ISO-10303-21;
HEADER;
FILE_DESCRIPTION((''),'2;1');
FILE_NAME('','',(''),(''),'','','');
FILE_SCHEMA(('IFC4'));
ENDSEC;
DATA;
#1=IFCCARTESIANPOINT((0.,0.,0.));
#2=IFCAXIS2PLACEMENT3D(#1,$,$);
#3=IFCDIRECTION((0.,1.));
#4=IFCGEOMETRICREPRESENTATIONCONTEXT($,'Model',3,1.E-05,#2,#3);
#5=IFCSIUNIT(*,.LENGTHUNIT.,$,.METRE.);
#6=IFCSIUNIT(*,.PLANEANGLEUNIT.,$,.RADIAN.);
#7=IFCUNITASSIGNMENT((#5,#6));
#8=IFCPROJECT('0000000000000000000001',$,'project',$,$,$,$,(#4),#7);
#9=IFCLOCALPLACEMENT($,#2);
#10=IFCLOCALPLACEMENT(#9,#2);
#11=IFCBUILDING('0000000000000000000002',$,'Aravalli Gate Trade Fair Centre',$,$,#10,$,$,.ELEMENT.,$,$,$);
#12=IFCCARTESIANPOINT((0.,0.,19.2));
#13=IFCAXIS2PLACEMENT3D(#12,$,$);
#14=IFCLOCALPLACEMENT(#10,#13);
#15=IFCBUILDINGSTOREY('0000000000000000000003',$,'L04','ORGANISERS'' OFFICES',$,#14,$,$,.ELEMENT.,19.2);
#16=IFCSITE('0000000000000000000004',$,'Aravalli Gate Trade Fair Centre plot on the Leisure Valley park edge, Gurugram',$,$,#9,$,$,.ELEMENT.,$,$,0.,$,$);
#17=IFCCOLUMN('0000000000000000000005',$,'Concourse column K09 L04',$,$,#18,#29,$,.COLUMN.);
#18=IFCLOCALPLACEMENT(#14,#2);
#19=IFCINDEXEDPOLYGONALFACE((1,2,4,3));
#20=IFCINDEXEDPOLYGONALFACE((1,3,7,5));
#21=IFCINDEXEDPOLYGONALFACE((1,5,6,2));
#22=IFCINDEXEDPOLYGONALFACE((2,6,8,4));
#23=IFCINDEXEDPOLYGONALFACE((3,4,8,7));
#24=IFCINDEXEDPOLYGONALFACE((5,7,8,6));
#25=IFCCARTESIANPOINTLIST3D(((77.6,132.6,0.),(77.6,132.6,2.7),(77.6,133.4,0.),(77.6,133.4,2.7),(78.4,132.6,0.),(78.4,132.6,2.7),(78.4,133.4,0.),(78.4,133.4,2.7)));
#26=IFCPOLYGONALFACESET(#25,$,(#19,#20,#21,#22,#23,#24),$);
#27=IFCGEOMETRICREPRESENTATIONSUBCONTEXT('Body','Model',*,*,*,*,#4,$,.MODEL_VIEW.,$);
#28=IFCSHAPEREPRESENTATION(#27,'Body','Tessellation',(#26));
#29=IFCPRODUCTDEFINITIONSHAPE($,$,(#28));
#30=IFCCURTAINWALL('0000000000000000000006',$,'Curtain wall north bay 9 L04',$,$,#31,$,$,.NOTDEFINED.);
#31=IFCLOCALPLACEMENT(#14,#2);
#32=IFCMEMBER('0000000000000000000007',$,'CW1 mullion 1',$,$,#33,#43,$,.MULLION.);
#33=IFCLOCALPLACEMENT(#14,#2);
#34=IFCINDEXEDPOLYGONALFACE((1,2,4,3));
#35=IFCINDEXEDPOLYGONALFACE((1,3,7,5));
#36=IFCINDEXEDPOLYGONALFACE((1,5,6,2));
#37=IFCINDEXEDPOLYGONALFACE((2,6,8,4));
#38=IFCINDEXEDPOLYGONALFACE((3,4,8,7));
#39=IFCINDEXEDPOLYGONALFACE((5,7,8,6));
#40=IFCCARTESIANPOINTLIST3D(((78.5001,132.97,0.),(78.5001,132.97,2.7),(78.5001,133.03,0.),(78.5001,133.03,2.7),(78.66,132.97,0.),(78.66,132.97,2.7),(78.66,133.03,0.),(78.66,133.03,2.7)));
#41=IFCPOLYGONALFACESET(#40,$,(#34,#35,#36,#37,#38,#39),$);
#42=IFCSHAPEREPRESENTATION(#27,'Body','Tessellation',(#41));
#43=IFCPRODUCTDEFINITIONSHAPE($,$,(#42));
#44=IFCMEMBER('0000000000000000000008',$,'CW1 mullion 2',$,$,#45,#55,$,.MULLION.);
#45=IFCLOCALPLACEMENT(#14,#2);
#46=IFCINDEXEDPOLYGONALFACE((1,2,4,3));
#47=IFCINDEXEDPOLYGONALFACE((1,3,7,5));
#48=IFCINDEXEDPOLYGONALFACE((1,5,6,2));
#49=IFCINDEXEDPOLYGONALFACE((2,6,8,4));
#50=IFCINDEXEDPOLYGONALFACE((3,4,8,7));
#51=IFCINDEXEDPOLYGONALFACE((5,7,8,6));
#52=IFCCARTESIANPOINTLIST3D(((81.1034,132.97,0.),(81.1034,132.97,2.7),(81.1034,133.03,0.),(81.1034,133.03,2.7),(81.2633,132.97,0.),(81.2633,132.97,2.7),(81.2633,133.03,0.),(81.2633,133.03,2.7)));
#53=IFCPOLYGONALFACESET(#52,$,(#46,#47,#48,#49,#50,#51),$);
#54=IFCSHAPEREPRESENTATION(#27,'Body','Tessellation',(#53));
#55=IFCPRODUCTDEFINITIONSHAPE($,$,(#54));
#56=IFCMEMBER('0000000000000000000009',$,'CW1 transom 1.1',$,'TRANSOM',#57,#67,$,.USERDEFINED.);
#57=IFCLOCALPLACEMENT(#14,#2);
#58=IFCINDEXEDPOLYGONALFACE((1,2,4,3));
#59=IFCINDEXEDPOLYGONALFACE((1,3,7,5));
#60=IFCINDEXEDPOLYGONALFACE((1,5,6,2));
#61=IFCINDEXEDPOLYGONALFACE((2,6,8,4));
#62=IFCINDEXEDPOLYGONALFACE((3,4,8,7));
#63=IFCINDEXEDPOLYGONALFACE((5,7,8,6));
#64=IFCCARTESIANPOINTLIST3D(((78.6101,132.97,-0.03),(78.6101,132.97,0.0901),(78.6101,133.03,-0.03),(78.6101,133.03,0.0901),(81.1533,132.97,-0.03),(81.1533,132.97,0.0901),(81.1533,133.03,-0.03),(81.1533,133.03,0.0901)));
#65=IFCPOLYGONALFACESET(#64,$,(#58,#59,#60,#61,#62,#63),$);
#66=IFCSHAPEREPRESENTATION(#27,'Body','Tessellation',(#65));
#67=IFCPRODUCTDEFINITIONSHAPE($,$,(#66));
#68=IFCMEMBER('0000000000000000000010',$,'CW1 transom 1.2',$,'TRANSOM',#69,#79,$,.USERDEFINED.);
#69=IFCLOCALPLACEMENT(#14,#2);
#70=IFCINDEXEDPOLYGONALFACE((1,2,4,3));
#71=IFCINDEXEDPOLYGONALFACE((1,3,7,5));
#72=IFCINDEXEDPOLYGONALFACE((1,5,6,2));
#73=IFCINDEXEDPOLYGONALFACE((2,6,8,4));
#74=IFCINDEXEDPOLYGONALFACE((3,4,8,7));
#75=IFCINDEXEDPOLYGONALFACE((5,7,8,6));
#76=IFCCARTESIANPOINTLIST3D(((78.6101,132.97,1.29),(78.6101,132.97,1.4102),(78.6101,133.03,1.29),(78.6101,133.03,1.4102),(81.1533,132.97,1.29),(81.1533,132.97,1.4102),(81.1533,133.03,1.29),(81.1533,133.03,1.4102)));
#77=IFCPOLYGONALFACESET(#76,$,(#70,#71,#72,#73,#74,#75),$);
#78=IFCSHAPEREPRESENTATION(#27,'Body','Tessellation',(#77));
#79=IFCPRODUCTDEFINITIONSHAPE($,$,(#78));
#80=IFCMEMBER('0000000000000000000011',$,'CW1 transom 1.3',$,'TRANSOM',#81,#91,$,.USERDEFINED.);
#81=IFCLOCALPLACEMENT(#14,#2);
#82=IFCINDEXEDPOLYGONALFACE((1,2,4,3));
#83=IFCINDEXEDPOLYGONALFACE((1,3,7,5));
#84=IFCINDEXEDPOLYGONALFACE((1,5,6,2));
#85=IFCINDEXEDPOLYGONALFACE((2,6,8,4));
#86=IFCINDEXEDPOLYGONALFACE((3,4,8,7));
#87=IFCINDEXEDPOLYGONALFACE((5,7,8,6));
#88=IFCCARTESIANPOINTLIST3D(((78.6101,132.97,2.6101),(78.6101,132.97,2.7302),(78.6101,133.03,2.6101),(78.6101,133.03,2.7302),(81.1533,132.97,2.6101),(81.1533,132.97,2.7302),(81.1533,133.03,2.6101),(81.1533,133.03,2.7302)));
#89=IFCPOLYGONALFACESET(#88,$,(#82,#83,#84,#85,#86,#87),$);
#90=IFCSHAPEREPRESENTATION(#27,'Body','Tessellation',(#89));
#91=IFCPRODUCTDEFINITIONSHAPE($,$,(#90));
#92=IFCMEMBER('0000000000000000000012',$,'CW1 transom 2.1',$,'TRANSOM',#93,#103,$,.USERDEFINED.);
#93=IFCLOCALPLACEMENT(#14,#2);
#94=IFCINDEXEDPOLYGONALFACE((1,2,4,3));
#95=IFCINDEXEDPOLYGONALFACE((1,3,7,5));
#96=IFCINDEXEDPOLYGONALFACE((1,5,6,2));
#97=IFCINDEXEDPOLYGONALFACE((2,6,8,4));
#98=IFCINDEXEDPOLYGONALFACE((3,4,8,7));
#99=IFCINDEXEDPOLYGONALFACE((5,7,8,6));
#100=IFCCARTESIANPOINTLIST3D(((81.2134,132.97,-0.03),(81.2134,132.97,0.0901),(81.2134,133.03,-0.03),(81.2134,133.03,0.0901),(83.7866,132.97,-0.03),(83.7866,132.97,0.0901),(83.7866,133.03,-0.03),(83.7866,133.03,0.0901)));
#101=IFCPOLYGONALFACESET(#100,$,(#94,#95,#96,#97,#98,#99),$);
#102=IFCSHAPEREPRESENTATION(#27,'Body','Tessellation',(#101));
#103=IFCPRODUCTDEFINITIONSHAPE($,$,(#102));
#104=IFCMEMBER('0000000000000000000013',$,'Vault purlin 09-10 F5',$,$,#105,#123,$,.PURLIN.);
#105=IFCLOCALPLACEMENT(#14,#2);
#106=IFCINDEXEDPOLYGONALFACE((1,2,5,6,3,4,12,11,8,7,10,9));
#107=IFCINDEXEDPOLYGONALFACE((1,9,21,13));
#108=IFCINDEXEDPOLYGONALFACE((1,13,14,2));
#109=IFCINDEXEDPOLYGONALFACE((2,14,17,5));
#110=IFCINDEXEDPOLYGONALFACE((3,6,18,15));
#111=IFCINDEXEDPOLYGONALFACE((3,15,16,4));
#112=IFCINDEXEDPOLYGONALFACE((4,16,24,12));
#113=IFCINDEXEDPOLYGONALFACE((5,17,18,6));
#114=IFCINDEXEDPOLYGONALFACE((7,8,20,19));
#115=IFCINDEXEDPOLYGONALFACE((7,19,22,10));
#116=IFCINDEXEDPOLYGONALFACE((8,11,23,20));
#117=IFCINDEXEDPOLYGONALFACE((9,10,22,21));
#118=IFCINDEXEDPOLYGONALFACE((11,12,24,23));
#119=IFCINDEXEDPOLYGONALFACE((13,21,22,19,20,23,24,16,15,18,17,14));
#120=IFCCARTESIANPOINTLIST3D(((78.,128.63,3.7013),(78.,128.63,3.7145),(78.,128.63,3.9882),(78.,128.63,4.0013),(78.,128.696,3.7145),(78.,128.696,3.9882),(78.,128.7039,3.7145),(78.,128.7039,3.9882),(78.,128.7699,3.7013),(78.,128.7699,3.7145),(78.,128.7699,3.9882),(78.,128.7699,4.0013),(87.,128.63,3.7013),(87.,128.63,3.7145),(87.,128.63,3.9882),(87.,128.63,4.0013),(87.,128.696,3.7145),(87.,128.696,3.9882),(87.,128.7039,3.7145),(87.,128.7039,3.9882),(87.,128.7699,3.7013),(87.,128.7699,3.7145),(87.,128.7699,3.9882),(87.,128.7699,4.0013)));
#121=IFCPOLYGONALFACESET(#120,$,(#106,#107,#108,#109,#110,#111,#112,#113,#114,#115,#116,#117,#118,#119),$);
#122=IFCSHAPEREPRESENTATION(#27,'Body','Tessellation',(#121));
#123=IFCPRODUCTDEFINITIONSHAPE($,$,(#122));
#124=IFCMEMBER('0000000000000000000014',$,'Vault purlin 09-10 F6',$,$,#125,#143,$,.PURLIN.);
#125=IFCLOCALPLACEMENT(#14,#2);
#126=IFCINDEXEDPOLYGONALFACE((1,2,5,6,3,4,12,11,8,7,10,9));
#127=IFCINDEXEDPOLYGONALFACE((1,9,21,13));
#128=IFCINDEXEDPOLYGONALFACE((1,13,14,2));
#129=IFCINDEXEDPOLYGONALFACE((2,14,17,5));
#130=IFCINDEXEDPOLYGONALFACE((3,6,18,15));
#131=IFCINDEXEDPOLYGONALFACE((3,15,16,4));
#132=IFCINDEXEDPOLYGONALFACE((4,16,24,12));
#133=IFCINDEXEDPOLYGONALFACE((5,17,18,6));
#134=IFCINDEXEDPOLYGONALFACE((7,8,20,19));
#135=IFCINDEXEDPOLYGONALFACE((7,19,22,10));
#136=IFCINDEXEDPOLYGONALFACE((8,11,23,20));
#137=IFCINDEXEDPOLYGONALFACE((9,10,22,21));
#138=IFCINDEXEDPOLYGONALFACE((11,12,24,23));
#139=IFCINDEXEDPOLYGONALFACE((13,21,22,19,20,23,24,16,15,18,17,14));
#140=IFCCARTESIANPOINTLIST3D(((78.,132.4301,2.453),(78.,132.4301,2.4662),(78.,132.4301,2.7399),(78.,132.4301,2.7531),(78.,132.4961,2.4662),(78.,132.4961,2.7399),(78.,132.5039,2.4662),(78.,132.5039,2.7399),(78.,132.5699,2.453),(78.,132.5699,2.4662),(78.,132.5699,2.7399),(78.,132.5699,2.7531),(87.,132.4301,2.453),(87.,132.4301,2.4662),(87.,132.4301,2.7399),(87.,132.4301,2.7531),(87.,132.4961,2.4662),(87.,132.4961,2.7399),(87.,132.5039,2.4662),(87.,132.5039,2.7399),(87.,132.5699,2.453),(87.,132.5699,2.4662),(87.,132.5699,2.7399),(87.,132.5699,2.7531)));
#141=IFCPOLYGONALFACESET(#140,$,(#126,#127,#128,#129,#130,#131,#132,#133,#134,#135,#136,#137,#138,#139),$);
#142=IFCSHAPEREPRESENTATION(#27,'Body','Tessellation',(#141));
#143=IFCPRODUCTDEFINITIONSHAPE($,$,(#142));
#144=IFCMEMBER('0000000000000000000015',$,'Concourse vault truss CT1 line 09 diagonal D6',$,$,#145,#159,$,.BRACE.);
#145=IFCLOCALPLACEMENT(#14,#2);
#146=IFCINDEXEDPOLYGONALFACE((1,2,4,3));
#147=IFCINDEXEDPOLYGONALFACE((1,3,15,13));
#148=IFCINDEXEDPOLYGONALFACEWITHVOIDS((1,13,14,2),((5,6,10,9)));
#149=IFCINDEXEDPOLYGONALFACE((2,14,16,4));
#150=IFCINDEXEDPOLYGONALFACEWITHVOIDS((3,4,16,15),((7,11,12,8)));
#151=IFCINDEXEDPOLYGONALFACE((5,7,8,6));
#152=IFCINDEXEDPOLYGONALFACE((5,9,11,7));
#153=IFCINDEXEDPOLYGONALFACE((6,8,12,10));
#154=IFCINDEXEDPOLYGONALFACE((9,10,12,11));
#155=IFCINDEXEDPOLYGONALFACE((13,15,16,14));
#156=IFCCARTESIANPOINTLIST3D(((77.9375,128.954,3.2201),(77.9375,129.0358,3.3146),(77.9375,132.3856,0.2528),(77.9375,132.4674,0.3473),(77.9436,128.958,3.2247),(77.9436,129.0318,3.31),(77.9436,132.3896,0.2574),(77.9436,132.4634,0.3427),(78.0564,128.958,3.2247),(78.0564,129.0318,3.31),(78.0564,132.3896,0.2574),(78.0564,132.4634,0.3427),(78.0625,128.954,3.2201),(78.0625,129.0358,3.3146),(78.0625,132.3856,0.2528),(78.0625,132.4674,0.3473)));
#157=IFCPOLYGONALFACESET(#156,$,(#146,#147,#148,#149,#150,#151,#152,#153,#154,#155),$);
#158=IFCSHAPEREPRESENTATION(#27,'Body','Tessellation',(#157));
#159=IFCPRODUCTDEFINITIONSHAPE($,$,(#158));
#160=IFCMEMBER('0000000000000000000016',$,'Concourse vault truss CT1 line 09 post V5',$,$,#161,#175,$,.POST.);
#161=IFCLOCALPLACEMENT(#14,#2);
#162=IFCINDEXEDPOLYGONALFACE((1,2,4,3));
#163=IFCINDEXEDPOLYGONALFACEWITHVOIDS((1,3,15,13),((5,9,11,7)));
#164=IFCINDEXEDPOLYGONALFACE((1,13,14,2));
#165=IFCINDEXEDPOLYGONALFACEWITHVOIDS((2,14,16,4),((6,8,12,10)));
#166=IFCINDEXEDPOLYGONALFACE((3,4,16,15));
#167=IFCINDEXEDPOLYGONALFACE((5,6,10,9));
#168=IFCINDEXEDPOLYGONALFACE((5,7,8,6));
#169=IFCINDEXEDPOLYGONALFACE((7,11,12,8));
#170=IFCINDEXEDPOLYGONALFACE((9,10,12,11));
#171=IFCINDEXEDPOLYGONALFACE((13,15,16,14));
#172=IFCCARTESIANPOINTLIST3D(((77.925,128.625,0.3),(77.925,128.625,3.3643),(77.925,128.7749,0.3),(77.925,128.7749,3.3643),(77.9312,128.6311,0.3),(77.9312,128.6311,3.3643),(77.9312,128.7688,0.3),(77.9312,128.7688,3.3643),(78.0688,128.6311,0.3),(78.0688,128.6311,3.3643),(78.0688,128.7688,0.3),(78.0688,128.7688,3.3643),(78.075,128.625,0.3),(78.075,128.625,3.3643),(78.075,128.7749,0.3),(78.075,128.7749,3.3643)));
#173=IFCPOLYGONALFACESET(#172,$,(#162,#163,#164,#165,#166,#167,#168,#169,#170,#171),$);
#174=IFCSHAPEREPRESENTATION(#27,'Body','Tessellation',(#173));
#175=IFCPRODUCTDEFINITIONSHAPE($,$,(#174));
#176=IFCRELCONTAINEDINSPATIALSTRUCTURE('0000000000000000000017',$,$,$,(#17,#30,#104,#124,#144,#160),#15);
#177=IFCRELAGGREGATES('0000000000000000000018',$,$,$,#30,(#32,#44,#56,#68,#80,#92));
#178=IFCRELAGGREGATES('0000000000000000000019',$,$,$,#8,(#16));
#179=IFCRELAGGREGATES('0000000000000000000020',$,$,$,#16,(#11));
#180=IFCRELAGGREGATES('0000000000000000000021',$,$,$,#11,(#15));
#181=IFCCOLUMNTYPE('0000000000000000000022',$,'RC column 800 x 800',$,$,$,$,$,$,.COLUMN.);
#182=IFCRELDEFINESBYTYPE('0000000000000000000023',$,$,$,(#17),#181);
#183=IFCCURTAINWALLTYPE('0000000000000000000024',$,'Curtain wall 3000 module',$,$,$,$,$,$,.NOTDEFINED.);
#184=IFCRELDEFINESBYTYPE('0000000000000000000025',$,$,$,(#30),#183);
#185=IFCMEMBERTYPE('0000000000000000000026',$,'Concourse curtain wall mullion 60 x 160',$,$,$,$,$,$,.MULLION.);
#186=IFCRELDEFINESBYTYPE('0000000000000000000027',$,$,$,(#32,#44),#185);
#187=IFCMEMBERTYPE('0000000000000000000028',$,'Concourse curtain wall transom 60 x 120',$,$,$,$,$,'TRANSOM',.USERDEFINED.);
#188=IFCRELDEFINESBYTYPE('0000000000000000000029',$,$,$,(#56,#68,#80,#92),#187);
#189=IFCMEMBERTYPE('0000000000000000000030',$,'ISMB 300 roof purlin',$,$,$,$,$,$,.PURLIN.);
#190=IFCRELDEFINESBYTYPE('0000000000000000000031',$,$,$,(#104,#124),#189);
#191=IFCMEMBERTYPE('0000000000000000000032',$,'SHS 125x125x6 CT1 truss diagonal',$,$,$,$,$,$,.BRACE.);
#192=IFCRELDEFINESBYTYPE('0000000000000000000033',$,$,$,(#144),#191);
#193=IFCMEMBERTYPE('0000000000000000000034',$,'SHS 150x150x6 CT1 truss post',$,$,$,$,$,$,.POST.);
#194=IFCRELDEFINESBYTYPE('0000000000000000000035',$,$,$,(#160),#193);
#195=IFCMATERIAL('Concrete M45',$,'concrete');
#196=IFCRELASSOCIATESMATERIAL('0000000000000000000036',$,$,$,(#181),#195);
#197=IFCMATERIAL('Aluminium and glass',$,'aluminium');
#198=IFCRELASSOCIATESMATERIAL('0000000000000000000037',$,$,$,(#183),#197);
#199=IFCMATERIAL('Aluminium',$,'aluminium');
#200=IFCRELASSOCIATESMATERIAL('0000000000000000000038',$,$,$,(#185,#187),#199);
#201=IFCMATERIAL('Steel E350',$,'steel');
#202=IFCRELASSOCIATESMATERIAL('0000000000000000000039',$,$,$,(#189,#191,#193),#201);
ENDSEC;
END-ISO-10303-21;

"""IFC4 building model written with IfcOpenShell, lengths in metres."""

from ifc_helpers import new_model, si_unit, direction, frame, origin, origin_2d, place, context, subcontext, project, spatial, rectangle, hollow_rectangle, i_section, extrude, material, material_profile, profile_set, type_object, element, aggregate, save


model = new_model("IFC4")

# Units and contexts
model_context = context("Model", 3, precision=1e-05, world=origin(), true_north=direction((0.0, 1.0)))
body_context = subcontext(model_context, "Body", "Model", "MODEL_VIEW")
ifc_project = project(units=[si_unit("LENGTHUNIT", "METRE"), si_unit("PLANEANGLEUNIT", "RADIAN")], contexts=[model_context])

# Site, building, storey
site_placement = place(None, origin())
site = spatial("IfcSite", under=ifc_project, at=site_placement, Name="Aravalli Gate Trade Fair Centre plot on the Leisure Valley park edge, Gurugram", CompositionType="ELEMENT", RefElevation=0.0)
building_placement = place(site_placement, origin())
building = spatial("IfcBuilding", under=site, at=building_placement, Name="Aravalli Gate Trade Fair Centre", CompositionType="ELEMENT")
storey_placement = place(building_placement, frame((0.0, 0.0, 19.2)))
storey = spatial("IfcBuildingStorey", under=building, at=storey_placement, Name="L04", Description="ORGANISERS' OFFICES", CompositionType="ELEMENT", Elevation=19.2)

# Column
ifc_material_1 = material(Name="Concrete M45", Category="concrete")
ifc_material_profile_1 = material_profile(ifc_material_1, rectangle(XDim=0.8, YDim=0.8, at=origin_2d()), Name="RC column 800 x 800")
ifc_profile_set_1 = profile_set([ifc_material_profile_1], Name="Concrete M45")
column_type = type_object("IfcColumnType", Name="RC column 800 x 800", PredefinedType="COLUMN", material=ifc_profile_set_1)
column_placement = place(storey_placement, frame((78.0, 133.0, 0.0), z_axis=(0.0, 0.0, 1.0), x_axis=(1.0, 0.0, 0.0)))
element("IfcColumn", 1, at=column_placement, inside=storey, type_object=column_type, Name="Concourse column K09 L04", PredefinedType="COLUMN", context=body_context, shape_type="SweptSolid", body=[
    extrude(rectangle(XDim=0.8, YDim=0.8, at=origin_2d()), origin(), (0.0, 0.0, 1.0), 2.7),
])

# Curtain wall, members
ifc_material_2 = material(Name="Aluminium and glass", Category="aluminium")
curtain_wall_type_1 = type_object("IfcCurtainWallType", Name="Curtain wall 3000 module", PredefinedType="NOTDEFINED", material=ifc_material_2)
curtain_wall_1_placement = place(storey_placement, origin())
curtain_wall_1 = element("IfcCurtainWall", 2, at=curtain_wall_1_placement, inside=storey, type_object=curtain_wall_type_1, Name="Curtain wall north bay 9 L04", PredefinedType="NOTDEFINED")
ifc_material_3 = material(Name="Aluminium", Category="aluminium")
ifc_material_profile_2 = material_profile(ifc_material_3, rectangle(XDim=0.0601, YDim=0.1599, at=origin_2d()), Name="Concourse curtain wall mullion 60 x 160")
ifc_profile_set_2 = profile_set([ifc_material_profile_2], Name="Aluminium")
member_type_1 = type_object("IfcMemberType", Name="Concourse curtain wall mullion 60 x 160", PredefinedType="MULLION", material=ifc_profile_set_2)
member_1_placement = place(storey_placement, frame((78.5801, 133.0, 0.0), z_axis=(0.0, 0.0, 1.0), x_axis=(0.0, 1.0, 0.0)))
member_1 = element("IfcMember", 3, at=member_1_placement, type_object=member_type_1, Name="CW1 mullion 1", PredefinedType="MULLION", context=body_context, shape_type="SweptSolid", body=[
    extrude(rectangle(XDim=0.0601, YDim=0.1599, at=origin_2d()), origin(), (0.0, 0.0, 1.0), 2.7),
])
member_2_placement = place(storey_placement, frame((81.1833, 133.0, 0.0), z_axis=(0.0, 0.0, 1.0), x_axis=(0.0, 1.0, 0.0)))
member_2 = element("IfcMember", 4, at=member_2_placement, type_object=member_type_1, Name="CW1 mullion 2", PredefinedType="MULLION", context=body_context, shape_type="SweptSolid", body=[
    extrude(rectangle(XDim=0.0601, YDim=0.1599, at=origin_2d()), origin(), (0.0, 0.0, 1.0), 2.7),
])
ifc_material_profile_3 = material_profile(ifc_material_3, rectangle(XDim=0.0601, YDim=0.1201, at=origin_2d()), Name="Concourse curtain wall transom 60 x 120")
ifc_profile_set_3 = profile_set([ifc_material_profile_3], Name="Aluminium")
member_type_2 = type_object("IfcMemberType", Name="Concourse curtain wall transom 60 x 120", ElementType="TRANSOM", PredefinedType="USERDEFINED", material=ifc_profile_set_3)
member_3_placement = place(storey_placement, frame((78.6101, 133.0, 0.03), z_axis=(1.0, 0.0, 0.0), x_axis=(0.0, 1.0, 0.0)))
member_3 = element("IfcMember", 5, at=member_3_placement, type_object=member_type_2, Name="CW1 transom 1.1", ObjectType="TRANSOM", PredefinedType="USERDEFINED", context=body_context, shape_type="SweptSolid", body=[
    extrude(rectangle(XDim=0.0601, YDim=0.1201, at=origin_2d()), origin(), (0.0, 0.0, 1.0), 2.5432),
])
member_4_placement = place(storey_placement, frame((78.6101, 133.0, 1.3501), z_axis=(1.0, 0.0, 0.0), x_axis=(0.0, 1.0, 0.0)))
member_4 = element("IfcMember", 6, at=member_4_placement, type_object=member_type_2, Name="CW1 transom 1.2", ObjectType="TRANSOM", PredefinedType="USERDEFINED", context=body_context, shape_type="SweptSolid", body=[
    extrude(rectangle(XDim=0.0601, YDim=0.1201, at=origin_2d()), origin(), (0.0, 0.0, 1.0), 2.5432),
])
member_5_placement = place(storey_placement, frame((78.6101, 133.0, 2.6702), z_axis=(1.0, 0.0, 0.0), x_axis=(0.0, 1.0, 0.0)))
member_5 = element("IfcMember", 7, at=member_5_placement, type_object=member_type_2, Name="CW1 transom 1.3", ObjectType="TRANSOM", PredefinedType="USERDEFINED", context=body_context, shape_type="SweptSolid", body=[
    extrude(rectangle(XDim=0.0601, YDim=0.1201, at=origin_2d()), origin(), (0.0, 0.0, 1.0), 2.5432),
])
member_6_placement = place(storey_placement, frame((81.2134, 133.0, 0.03), z_axis=(1.0, 0.0, 0.0), x_axis=(0.0, 1.0, 0.0)))
member_6 = element("IfcMember", 8, at=member_6_placement, type_object=member_type_2, Name="CW1 transom 2.1", ObjectType="TRANSOM", PredefinedType="USERDEFINED", context=body_context, shape_type="SweptSolid", body=[
    extrude(rectangle(XDim=0.0601, YDim=0.1201, at=origin_2d()), origin(), (0.0, 0.0, 1.0), 2.5732),
])

# Members
ifc_material_4 = material(Name="Steel E350", Category="steel")
ifc_material_profile_4 = material_profile(ifc_material_4, i_section(OverallWidth=0.1399, OverallDepth=0.3, WebThickness=0.0078, FlangeThickness=0.0132, at=origin_2d()), Name="ISMB 300")
ifc_profile_set_4 = profile_set([ifc_material_profile_4], Name="Steel E350")
member_type_3 = type_object("IfcMemberType", Name="ISMB 300 roof purlin", PredefinedType="PURLIN", material=ifc_profile_set_4)
for number, where, z_axis, x_axis, name in (
    (9, (78.0, 128.7, 3.8513), (1.0, 0.0, 0.0), (0.0, 1.0, 0.0), "Vault purlin 09-10 F5"),
    (10, (78.0, 132.5, 2.603), (1.0, 0.0, 0.0), (0.0, 1.0, 0.0), "Vault purlin 09-10 F6"),
):
    element("IfcMember", number, at=place(storey_placement, frame(where, z_axis=z_axis, x_axis=x_axis)), inside=storey, type_object=member_type_3, Name=name, PredefinedType="PURLIN", context=body_context, shape_type="SweptSolid", body=[
        extrude(i_section(OverallWidth=0.1399, OverallDepth=0.3, WebThickness=0.0078, FlangeThickness=0.0132, at=origin_2d()), origin(), (0.0, 0.0, 1.0), 9.0),
    ])
ifc_material_profile_5 = material_profile(ifc_material_4, hollow_rectangle(XDim=0.125, YDim=0.125, WallThickness=0.0061, at=origin_2d()), Name="SHS 125x125x6")
ifc_profile_set_5 = profile_set([ifc_material_profile_5], Name="Steel E350")
member_type_4 = type_object("IfcMemberType", Name="SHS 125x125x6 CT1 truss diagonal", PredefinedType="BRACE", material=ifc_profile_set_5)
member_7_placement = place(storey_placement, frame((78.0, 128.9949, 3.2673), z_axis=(0.0, 0.756431, -0.654074), x_axis=(-1.0, 0.0, 0.0)))
element("IfcMember", 11, at=member_7_placement, inside=storey, type_object=member_type_4, Name="Concourse vault truss CT1 line 09 diagonal D6", PredefinedType="BRACE", context=body_context, shape_type="SweptSolid", body=[
    extrude(hollow_rectangle(XDim=0.125, YDim=0.125, WallThickness=0.0061, at=origin_2d()), origin(), (0.0, 0.0, 1.0), 4.5366),
])
ifc_material_profile_6 = material_profile(ifc_material_4, hollow_rectangle(XDim=0.1499, YDim=0.1499, WallThickness=0.0061, at=origin_2d()), Name="SHS 150x150x6")
ifc_profile_set_6 = profile_set([ifc_material_profile_6], Name="Steel E350")
member_type_5 = type_object("IfcMemberType", Name="SHS 150x150x6 CT1 truss post", PredefinedType="POST", material=ifc_profile_set_6)
member_8_placement = place(storey_placement, frame((78.0, 128.7, 0.3), z_axis=(0.0, 0.0, 1.0), x_axis=(1.0, 0.0, 0.0)))
element("IfcMember", 12, at=member_8_placement, inside=storey, type_object=member_type_5, Name="Concourse vault truss CT1 line 09 post V5", PredefinedType="POST", context=body_context, shape_type="SweptSolid", body=[
    extrude(hollow_rectangle(XDim=0.1499, YDim=0.1499, WallThickness=0.0061, at=origin_2d()), origin(), (0.0, 0.0, 1.0), 3.0642),
])

aggregate(curtain_wall_1, [member_1, member_2, member_3, member_4, member_5, member_6])

save(model, "model.ifc")
